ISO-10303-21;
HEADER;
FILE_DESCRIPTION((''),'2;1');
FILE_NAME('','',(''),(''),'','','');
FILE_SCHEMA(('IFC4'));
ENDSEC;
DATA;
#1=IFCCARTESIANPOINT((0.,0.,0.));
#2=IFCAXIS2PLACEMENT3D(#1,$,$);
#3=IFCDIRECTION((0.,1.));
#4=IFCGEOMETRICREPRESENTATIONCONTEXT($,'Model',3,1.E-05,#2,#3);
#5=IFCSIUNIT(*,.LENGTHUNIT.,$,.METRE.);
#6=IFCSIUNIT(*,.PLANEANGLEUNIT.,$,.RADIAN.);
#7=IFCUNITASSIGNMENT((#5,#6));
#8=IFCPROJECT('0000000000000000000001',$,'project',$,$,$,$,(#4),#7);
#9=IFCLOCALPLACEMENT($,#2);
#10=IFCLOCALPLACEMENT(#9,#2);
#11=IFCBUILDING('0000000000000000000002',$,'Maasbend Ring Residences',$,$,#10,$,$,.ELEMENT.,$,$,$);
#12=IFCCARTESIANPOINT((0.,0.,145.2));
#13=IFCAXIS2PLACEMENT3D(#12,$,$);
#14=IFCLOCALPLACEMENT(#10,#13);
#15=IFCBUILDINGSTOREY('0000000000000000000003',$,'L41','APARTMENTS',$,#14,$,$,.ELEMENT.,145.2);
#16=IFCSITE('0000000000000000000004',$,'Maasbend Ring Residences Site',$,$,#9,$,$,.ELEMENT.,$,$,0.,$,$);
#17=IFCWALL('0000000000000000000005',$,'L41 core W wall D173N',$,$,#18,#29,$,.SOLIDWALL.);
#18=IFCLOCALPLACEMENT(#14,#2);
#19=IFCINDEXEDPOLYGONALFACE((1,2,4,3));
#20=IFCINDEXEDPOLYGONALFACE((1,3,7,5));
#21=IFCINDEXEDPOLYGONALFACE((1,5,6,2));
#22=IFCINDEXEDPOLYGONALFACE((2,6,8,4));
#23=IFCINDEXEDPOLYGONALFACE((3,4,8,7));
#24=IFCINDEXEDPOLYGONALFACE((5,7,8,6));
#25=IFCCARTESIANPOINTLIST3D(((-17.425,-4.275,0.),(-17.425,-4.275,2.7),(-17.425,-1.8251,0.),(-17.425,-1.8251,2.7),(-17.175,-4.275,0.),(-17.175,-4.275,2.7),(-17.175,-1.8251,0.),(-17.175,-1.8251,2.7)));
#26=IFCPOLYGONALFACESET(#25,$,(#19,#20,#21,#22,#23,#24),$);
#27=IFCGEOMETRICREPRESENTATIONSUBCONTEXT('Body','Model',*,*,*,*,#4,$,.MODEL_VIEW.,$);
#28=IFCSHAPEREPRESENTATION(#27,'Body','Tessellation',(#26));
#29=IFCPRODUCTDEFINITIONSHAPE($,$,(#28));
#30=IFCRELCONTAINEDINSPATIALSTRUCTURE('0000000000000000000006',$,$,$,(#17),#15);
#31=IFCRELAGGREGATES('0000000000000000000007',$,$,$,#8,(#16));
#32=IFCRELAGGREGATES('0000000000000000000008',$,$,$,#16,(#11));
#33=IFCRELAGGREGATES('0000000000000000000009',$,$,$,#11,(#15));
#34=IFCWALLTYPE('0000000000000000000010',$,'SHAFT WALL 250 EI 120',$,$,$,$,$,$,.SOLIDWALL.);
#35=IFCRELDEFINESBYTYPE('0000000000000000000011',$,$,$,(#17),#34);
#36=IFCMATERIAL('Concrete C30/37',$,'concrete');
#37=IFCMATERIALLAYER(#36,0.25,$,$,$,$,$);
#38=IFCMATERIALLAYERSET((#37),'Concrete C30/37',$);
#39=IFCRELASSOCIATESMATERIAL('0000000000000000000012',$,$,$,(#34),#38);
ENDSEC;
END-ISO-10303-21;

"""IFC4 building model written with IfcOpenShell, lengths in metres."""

from ifc_helpers import new_model, si_unit, direction, frame, frame_2d, origin, place, context, subcontext, project, spatial, rectangle, extrude, material, layer, layer_set, type_object, element, save


model = new_model("IFC4")

# Units and contexts
model_context = context("Model", 3, precision=1e-05, world=origin(), true_north=direction((0.0, 1.0)))
body_context = subcontext(model_context, "Body", "Model", "MODEL_VIEW")
ifc_project = project(units=[si_unit("LENGTHUNIT", "METRE"), si_unit("PLANEANGLEUNIT", "RADIAN")], contexts=[model_context])

# Site, building, storey
site_placement = place(None, origin())
site = spatial("IfcSite", under=ifc_project, at=site_placement, Name="Maasbend Ring Residences Site", CompositionType="ELEMENT", RefElevation=0.0)
building_placement = place(site_placement, origin())
building = spatial("IfcBuilding", under=site, at=building_placement, Name="Maasbend Ring Residences", CompositionType="ELEMENT")
storey_placement = place(building_placement, frame((0.0, 0.0, 145.2)))
storey = spatial("IfcBuildingStorey", under=building, at=storey_placement, Name="L41", Description="APARTMENTS", CompositionType="ELEMENT", Elevation=145.2)

# Wall
ifc_material_1 = material(Name="Concrete C30/37", Category="concrete")
ifc_layer_1 = layer(ifc_material_1, 0.25)
ifc_layer_set_1 = layer_set([ifc_layer_1], Name="Concrete C30/37")
wall_type_1 = type_object("IfcWallType", Name="SHAFT WALL 250 EI 120", PredefinedType="SOLIDWALL", material=ifc_layer_set_1)
wall_1_placement = place(storey_placement, frame((-17.3, -1.825, 0.0), z_axis=(0.0, 0.0, 1.0), x_axis=(0.0, -1.0, 0.0)))
element("IfcWall", 1, at=wall_1_placement, inside=storey, type_object=wall_type_1, Name="L41 core W wall D173N", PredefinedType="SOLIDWALL", context=body_context, shape_type="SweptSolid", body=[
    extrude(rectangle(XDim=2.45, YDim=0.25, at=frame_2d((1.2251, 0.0))), origin(), (0.0, 0.0, 1.0), 2.7),
])

save(model, "model.ifc")
